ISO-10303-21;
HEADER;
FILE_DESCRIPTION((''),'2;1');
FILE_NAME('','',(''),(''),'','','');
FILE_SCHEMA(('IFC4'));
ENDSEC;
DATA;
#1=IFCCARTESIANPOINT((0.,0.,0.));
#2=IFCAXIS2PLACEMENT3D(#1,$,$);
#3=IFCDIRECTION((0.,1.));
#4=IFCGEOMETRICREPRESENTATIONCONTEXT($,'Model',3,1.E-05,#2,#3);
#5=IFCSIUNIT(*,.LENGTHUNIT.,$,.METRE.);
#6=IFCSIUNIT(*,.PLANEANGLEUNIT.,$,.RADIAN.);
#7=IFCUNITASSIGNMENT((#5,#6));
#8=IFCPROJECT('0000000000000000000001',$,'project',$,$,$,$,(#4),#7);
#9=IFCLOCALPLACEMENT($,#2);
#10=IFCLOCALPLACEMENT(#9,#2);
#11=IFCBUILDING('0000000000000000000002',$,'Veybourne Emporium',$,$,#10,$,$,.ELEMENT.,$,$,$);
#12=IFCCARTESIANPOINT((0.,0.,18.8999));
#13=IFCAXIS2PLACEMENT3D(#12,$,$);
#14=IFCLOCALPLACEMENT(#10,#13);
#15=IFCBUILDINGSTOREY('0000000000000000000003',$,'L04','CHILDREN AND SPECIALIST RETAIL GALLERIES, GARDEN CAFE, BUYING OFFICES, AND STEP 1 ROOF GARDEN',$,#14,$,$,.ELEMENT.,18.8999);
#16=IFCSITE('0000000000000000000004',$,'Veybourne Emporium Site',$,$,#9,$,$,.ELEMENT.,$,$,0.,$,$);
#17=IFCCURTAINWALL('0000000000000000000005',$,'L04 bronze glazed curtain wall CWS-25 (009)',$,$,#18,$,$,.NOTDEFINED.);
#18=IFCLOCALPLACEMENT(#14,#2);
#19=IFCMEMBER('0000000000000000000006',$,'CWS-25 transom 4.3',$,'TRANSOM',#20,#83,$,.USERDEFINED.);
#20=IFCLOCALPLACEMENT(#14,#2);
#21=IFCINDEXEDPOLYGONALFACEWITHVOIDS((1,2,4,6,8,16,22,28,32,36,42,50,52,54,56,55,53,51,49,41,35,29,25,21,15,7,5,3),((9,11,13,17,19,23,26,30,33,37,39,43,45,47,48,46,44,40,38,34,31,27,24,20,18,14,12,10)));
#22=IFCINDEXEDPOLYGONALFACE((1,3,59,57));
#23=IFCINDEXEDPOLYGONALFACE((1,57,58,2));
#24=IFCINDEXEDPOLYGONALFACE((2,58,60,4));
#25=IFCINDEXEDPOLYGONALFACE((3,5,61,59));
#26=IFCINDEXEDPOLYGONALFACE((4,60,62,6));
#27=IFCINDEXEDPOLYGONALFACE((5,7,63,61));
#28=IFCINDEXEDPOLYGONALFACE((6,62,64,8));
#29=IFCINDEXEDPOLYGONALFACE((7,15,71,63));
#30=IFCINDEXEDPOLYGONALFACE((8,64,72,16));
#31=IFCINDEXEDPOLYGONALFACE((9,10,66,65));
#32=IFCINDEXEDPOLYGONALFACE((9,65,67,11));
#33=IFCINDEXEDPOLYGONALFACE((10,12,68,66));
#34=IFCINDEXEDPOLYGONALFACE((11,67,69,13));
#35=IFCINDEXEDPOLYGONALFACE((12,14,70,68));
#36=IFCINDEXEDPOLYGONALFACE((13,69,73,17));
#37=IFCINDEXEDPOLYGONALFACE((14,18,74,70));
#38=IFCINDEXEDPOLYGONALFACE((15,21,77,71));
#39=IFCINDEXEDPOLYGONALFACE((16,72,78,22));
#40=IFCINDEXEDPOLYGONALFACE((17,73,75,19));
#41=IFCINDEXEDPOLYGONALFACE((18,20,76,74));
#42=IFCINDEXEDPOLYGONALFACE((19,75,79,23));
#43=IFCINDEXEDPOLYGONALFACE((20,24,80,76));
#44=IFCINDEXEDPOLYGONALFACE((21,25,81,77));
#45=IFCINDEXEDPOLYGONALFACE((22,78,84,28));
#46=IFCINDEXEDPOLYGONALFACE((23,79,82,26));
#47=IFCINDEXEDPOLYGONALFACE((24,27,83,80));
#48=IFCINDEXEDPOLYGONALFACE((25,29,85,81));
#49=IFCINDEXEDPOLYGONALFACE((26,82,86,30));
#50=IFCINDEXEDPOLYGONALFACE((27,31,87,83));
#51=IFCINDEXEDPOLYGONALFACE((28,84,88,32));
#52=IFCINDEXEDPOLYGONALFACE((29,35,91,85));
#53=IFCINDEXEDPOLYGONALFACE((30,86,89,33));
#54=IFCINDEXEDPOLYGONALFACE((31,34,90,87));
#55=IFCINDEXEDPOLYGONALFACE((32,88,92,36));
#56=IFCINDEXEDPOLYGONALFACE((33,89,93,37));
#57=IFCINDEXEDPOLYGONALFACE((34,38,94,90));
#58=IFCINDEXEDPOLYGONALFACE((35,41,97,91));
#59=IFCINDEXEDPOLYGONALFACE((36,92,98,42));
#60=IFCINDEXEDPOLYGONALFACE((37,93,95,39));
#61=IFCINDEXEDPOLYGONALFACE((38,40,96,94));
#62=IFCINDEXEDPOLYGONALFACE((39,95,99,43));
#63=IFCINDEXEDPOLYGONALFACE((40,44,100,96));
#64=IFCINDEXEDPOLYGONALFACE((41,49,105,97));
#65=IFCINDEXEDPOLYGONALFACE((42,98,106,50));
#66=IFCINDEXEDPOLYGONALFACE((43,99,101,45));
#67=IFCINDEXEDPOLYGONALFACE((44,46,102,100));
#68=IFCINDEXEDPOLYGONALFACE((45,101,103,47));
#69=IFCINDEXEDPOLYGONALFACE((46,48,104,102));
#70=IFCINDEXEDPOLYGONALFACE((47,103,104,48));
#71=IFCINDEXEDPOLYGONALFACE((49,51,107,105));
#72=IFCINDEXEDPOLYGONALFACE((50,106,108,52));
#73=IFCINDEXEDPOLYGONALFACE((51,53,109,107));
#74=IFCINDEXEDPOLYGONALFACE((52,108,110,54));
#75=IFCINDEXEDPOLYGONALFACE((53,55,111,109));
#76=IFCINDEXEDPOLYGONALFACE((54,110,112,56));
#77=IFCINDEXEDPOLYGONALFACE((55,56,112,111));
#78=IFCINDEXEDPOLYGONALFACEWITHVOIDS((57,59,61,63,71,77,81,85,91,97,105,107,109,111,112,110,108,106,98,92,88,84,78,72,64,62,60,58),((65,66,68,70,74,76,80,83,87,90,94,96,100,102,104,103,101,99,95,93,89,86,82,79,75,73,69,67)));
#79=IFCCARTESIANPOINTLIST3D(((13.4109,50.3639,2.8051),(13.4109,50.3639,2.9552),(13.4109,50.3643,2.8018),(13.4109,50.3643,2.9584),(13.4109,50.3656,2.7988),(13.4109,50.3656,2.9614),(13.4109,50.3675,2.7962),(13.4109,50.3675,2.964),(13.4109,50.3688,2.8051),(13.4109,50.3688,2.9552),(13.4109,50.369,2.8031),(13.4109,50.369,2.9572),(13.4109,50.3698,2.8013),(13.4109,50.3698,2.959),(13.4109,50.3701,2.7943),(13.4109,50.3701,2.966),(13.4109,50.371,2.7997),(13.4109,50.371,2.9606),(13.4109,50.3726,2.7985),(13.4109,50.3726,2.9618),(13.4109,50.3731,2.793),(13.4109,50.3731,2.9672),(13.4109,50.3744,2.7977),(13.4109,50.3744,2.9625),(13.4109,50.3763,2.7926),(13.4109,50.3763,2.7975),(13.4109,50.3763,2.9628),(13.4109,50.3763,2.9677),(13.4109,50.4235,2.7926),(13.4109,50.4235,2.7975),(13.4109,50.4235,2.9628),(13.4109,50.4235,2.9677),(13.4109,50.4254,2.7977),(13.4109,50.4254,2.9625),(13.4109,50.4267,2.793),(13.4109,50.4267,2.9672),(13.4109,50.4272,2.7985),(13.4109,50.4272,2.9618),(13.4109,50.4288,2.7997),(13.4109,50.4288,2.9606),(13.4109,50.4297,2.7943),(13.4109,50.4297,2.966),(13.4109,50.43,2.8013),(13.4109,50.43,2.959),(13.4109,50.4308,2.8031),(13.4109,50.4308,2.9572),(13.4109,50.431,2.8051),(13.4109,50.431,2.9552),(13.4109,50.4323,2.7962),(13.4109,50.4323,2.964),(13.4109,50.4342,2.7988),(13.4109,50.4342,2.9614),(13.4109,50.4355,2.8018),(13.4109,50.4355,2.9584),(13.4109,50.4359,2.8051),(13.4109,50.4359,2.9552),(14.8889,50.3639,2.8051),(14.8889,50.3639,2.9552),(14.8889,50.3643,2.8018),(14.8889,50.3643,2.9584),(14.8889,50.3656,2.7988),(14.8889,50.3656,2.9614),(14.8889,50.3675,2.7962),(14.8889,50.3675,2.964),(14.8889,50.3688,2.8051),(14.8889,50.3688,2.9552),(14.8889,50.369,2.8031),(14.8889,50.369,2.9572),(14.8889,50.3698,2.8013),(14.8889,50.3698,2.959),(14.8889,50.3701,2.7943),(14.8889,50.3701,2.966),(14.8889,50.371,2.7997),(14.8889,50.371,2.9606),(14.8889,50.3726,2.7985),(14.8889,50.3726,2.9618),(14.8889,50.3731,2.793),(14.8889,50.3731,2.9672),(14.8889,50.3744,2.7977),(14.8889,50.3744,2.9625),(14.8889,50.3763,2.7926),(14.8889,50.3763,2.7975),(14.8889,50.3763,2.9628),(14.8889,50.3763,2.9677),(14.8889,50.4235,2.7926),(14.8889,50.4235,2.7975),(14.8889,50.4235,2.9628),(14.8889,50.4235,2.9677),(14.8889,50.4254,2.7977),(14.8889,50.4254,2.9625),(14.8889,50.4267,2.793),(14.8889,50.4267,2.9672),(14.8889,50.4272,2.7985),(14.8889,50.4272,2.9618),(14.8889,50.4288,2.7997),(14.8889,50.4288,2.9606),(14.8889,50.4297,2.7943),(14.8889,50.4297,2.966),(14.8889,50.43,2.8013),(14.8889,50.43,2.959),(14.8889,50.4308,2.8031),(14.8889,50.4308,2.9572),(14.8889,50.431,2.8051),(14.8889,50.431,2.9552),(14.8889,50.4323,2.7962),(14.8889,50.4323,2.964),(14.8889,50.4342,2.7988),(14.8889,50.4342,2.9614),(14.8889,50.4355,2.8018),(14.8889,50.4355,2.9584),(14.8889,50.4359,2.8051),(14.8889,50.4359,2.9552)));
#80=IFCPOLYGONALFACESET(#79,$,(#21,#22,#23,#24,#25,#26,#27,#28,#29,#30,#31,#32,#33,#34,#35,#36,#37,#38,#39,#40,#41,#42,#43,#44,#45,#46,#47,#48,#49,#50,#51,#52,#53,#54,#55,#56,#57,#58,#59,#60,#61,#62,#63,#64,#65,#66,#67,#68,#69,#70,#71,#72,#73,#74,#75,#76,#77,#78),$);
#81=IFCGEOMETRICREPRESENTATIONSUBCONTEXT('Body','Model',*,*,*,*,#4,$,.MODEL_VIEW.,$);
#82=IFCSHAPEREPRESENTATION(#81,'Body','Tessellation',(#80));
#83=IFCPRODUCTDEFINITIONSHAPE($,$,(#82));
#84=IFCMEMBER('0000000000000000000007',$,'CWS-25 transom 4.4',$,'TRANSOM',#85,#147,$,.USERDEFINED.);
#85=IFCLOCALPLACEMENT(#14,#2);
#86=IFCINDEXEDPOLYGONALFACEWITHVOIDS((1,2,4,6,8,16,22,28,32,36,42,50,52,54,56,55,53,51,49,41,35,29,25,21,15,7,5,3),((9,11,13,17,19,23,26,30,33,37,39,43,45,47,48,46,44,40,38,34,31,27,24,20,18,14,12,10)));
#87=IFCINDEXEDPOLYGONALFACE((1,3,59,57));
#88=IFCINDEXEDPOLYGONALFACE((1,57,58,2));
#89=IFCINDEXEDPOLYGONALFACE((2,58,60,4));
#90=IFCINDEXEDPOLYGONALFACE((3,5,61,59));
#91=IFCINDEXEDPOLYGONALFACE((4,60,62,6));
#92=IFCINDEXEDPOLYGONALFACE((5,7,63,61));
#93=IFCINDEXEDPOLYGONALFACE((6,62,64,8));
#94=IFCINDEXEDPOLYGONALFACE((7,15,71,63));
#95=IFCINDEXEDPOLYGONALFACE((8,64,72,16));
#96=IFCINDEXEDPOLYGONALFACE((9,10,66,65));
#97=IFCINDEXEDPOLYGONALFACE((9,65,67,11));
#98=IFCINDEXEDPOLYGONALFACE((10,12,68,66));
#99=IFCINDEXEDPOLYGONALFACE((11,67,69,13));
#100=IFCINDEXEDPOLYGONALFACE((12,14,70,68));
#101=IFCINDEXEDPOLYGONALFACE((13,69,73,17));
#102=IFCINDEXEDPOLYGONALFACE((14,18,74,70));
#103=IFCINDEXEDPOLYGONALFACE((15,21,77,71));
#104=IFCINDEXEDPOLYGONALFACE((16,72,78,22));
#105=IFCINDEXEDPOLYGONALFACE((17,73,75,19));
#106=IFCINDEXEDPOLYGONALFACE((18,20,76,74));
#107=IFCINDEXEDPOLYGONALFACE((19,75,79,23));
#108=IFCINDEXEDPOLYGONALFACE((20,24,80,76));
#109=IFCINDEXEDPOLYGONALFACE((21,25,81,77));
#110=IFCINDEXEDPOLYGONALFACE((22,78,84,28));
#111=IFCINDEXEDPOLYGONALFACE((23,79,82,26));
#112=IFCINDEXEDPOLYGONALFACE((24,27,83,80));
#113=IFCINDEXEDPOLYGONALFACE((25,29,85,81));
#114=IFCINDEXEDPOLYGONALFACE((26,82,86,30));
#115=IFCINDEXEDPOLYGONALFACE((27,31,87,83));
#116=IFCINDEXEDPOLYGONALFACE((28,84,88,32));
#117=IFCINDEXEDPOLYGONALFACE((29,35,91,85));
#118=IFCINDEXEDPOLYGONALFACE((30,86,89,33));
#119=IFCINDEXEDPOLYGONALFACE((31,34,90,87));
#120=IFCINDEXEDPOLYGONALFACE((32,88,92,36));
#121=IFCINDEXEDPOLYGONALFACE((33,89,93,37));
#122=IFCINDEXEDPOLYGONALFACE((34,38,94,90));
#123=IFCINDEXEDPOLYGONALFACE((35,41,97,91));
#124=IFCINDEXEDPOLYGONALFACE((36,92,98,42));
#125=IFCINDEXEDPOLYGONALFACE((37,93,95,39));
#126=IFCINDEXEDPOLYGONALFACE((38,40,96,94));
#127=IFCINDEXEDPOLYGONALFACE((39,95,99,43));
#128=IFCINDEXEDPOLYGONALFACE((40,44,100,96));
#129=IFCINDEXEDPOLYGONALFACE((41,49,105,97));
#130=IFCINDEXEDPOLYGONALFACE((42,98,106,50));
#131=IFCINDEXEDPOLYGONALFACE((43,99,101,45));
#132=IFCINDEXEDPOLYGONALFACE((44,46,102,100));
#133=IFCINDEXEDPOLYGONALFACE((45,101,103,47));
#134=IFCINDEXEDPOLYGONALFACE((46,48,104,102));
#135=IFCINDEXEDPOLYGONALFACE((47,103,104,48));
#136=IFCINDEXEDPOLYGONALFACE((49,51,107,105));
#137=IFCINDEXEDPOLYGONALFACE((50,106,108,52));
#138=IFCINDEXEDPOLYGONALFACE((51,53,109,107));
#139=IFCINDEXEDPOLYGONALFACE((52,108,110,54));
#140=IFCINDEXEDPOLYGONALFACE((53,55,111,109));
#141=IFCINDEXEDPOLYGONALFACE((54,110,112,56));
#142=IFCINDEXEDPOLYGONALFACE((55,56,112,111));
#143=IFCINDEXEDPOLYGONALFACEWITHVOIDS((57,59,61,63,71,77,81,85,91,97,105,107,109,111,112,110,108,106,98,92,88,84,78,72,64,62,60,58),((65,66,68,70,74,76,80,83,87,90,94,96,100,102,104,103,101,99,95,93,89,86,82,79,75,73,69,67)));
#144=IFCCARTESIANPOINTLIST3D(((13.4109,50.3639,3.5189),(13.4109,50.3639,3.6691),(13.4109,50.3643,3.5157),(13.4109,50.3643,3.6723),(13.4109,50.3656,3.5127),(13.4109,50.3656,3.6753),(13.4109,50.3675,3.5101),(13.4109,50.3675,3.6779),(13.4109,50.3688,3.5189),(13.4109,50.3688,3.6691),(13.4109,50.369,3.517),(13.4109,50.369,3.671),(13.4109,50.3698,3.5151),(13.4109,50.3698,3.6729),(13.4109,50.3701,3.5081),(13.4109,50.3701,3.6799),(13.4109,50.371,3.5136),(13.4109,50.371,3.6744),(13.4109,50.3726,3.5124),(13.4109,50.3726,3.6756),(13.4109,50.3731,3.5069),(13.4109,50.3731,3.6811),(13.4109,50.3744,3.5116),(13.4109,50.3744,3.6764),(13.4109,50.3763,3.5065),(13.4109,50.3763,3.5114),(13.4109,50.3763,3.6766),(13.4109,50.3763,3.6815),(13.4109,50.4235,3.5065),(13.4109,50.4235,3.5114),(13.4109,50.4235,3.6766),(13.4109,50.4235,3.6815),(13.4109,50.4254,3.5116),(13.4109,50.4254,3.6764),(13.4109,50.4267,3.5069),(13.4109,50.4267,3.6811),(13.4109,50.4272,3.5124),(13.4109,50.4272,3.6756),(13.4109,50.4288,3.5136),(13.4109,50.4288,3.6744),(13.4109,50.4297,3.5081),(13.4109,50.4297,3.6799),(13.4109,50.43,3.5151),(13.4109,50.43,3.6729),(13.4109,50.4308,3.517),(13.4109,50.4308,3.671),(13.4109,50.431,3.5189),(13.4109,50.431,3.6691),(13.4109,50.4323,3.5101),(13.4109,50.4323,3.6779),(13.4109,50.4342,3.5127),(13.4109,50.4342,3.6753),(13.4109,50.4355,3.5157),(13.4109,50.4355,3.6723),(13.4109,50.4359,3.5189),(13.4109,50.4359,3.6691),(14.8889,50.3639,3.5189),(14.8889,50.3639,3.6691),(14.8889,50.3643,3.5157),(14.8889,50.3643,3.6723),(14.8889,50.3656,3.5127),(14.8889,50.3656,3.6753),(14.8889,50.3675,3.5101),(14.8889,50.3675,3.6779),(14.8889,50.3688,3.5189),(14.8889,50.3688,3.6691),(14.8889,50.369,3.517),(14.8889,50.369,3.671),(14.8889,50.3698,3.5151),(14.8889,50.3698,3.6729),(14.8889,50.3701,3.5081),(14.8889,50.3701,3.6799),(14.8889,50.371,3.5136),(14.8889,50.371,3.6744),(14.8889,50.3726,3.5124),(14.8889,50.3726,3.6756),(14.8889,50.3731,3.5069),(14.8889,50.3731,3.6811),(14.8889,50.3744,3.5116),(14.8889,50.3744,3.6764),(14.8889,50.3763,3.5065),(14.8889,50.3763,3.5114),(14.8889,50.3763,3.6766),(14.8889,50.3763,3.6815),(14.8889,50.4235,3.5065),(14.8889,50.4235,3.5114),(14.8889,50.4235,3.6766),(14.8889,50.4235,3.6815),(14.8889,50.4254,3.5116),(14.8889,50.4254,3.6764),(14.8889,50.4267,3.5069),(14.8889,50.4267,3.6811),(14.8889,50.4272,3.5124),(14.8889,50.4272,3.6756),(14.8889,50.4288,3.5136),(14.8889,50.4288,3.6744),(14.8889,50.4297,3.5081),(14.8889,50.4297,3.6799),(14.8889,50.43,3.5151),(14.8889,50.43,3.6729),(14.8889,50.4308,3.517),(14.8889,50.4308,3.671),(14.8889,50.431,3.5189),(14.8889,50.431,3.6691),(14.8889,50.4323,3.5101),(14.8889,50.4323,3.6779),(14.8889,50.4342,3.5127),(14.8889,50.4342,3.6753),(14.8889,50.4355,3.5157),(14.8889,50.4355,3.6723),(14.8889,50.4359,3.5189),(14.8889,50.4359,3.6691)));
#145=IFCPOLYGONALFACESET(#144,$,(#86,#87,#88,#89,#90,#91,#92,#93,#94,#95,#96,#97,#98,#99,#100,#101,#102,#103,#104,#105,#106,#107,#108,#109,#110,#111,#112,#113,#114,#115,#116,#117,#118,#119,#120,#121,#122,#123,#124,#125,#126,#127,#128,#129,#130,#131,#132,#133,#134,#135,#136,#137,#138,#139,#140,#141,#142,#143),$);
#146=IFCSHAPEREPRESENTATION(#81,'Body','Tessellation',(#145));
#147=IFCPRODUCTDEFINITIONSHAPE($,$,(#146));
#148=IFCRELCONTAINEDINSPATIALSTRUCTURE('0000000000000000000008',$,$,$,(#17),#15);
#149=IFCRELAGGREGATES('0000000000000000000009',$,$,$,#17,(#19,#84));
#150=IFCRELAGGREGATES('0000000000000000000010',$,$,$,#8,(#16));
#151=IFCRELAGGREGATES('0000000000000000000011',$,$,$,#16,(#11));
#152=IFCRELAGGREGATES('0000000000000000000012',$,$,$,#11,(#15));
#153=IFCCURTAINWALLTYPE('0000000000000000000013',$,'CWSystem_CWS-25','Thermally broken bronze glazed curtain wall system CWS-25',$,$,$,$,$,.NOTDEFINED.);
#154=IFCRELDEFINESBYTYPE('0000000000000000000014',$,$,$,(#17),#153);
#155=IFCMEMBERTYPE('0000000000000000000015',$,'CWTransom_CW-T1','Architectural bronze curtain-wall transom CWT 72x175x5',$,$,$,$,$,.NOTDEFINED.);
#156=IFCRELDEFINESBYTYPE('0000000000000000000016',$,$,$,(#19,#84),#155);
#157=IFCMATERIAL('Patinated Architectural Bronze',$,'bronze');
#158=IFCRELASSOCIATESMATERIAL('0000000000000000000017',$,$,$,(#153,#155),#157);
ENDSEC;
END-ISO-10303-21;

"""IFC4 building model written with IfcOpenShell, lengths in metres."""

from ifc_helpers import new_model, si_unit, direction, frame, origin, origin_2d, place, context, subcontext, project, spatial, hollow_rectangle, extrude, material, material_profile, profile_set, type_object, element, aggregate, save


model = new_model("IFC4")

# Units and contexts
model_context = context("Model", 3, precision=1e-05, world=origin(), true_north=direction((0.0, 1.0)))
body_context = subcontext(model_context, "Body", "Model", "MODEL_VIEW")
ifc_project = project(units=[si_unit("LENGTHUNIT", "METRE"), si_unit("PLANEANGLEUNIT", "RADIAN")], contexts=[model_context])

# Site, building, storey
site_placement = place(None, origin())
site = spatial("IfcSite", under=ifc_project, at=site_placement, Name="Veybourne Emporium Site", CompositionType="ELEMENT", RefElevation=0.0)
building_placement = place(site_placement, origin())
building = spatial("IfcBuilding", under=site, at=building_placement, Name="Veybourne Emporium", CompositionType="ELEMENT")
storey_placement = place(building_placement, frame((0.0, 0.0, 18.8999)))
storey = spatial("IfcBuildingStorey", under=building, at=storey_placement, Name="L04", Description="CHILDREN AND SPECIALIST RETAIL GALLERIES, GARDEN CAFE, BUYING OFFICES, AND STEP 1 ROOF GARDEN", CompositionType="ELEMENT", Elevation=18.8999)

# Curtain wall, members
ifc_material_1 = material(Name="Patinated Architectural Bronze", Category="bronze")
curtain_wall_type = type_object("IfcCurtainWallType", Name="CWSystem_CWS-25", Description="Thermally broken bronze glazed curtain wall system CWS-25", PredefinedType="NOTDEFINED", material=ifc_material_1)
curtain_wall_placement = place(storey_placement, origin())
curtain_wall = element("IfcCurtainWall", 1, at=curtain_wall_placement, inside=storey, type_object=curtain_wall_type, Name="L04 bronze glazed curtain wall CWS-25 (009)", PredefinedType="NOTDEFINED")
ifc_material_profile_1 = material_profile(ifc_material_1, hollow_rectangle(XDim=0.072, YDim=0.175, WallThickness=0.0049, InnerFilletRadius=0.0076, OuterFilletRadius=0.0125, at=origin_2d()), Name="CWT 72x175x5")
ifc_profile_set_1 = profile_set([ifc_material_profile_1], Name="Patinated Architectural Bronze")
member_type_1 = type_object("IfcMemberType", Name="CWTransom_CW-T1", Description="Architectural bronze curtain-wall transom CWT 72x175x5", PredefinedType="NOTDEFINED", material=ifc_profile_set_1)
member_1_placement = place(storey_placement, frame((13.4109, 50.3999, 2.8801), z_axis=(1.0, 0.0, 0.0), x_axis=(0.0, 1.0, 0.0)))
member_1 = element("IfcMember", 2, at=member_1_placement, type_object=member_type_1, Name="CWS-25 transom 4.3", ObjectType="TRANSOM", PredefinedType="USERDEFINED", context=body_context, shape_type="SweptSolid", body=[
    extrude(hollow_rectangle(XDim=0.072, YDim=0.175, WallThickness=0.0049, InnerFilletRadius=0.0076, OuterFilletRadius=0.0125, at=origin_2d()), origin(), (0.0, 0.0, 1.0), 1.478),
])
member_2_placement = place(storey_placement, frame((13.4109, 50.3999, 3.594), z_axis=(1.0, 0.0, 0.0), x_axis=(0.0, 1.0, 0.0)))
member_2 = element("IfcMember", 3, at=member_2_placement, type_object=member_type_1, Name="CWS-25 transom 4.4", ObjectType="TRANSOM", PredefinedType="USERDEFINED", context=body_context, shape_type="SweptSolid", body=[
    extrude(hollow_rectangle(XDim=0.072, YDim=0.175, WallThickness=0.0049, InnerFilletRadius=0.0076, OuterFilletRadius=0.0125, at=origin_2d()), origin(), (0.0, 0.0, 1.0), 1.478),
])

aggregate(curtain_wall, [member_1, member_2])

save(model, "model.ifc")
